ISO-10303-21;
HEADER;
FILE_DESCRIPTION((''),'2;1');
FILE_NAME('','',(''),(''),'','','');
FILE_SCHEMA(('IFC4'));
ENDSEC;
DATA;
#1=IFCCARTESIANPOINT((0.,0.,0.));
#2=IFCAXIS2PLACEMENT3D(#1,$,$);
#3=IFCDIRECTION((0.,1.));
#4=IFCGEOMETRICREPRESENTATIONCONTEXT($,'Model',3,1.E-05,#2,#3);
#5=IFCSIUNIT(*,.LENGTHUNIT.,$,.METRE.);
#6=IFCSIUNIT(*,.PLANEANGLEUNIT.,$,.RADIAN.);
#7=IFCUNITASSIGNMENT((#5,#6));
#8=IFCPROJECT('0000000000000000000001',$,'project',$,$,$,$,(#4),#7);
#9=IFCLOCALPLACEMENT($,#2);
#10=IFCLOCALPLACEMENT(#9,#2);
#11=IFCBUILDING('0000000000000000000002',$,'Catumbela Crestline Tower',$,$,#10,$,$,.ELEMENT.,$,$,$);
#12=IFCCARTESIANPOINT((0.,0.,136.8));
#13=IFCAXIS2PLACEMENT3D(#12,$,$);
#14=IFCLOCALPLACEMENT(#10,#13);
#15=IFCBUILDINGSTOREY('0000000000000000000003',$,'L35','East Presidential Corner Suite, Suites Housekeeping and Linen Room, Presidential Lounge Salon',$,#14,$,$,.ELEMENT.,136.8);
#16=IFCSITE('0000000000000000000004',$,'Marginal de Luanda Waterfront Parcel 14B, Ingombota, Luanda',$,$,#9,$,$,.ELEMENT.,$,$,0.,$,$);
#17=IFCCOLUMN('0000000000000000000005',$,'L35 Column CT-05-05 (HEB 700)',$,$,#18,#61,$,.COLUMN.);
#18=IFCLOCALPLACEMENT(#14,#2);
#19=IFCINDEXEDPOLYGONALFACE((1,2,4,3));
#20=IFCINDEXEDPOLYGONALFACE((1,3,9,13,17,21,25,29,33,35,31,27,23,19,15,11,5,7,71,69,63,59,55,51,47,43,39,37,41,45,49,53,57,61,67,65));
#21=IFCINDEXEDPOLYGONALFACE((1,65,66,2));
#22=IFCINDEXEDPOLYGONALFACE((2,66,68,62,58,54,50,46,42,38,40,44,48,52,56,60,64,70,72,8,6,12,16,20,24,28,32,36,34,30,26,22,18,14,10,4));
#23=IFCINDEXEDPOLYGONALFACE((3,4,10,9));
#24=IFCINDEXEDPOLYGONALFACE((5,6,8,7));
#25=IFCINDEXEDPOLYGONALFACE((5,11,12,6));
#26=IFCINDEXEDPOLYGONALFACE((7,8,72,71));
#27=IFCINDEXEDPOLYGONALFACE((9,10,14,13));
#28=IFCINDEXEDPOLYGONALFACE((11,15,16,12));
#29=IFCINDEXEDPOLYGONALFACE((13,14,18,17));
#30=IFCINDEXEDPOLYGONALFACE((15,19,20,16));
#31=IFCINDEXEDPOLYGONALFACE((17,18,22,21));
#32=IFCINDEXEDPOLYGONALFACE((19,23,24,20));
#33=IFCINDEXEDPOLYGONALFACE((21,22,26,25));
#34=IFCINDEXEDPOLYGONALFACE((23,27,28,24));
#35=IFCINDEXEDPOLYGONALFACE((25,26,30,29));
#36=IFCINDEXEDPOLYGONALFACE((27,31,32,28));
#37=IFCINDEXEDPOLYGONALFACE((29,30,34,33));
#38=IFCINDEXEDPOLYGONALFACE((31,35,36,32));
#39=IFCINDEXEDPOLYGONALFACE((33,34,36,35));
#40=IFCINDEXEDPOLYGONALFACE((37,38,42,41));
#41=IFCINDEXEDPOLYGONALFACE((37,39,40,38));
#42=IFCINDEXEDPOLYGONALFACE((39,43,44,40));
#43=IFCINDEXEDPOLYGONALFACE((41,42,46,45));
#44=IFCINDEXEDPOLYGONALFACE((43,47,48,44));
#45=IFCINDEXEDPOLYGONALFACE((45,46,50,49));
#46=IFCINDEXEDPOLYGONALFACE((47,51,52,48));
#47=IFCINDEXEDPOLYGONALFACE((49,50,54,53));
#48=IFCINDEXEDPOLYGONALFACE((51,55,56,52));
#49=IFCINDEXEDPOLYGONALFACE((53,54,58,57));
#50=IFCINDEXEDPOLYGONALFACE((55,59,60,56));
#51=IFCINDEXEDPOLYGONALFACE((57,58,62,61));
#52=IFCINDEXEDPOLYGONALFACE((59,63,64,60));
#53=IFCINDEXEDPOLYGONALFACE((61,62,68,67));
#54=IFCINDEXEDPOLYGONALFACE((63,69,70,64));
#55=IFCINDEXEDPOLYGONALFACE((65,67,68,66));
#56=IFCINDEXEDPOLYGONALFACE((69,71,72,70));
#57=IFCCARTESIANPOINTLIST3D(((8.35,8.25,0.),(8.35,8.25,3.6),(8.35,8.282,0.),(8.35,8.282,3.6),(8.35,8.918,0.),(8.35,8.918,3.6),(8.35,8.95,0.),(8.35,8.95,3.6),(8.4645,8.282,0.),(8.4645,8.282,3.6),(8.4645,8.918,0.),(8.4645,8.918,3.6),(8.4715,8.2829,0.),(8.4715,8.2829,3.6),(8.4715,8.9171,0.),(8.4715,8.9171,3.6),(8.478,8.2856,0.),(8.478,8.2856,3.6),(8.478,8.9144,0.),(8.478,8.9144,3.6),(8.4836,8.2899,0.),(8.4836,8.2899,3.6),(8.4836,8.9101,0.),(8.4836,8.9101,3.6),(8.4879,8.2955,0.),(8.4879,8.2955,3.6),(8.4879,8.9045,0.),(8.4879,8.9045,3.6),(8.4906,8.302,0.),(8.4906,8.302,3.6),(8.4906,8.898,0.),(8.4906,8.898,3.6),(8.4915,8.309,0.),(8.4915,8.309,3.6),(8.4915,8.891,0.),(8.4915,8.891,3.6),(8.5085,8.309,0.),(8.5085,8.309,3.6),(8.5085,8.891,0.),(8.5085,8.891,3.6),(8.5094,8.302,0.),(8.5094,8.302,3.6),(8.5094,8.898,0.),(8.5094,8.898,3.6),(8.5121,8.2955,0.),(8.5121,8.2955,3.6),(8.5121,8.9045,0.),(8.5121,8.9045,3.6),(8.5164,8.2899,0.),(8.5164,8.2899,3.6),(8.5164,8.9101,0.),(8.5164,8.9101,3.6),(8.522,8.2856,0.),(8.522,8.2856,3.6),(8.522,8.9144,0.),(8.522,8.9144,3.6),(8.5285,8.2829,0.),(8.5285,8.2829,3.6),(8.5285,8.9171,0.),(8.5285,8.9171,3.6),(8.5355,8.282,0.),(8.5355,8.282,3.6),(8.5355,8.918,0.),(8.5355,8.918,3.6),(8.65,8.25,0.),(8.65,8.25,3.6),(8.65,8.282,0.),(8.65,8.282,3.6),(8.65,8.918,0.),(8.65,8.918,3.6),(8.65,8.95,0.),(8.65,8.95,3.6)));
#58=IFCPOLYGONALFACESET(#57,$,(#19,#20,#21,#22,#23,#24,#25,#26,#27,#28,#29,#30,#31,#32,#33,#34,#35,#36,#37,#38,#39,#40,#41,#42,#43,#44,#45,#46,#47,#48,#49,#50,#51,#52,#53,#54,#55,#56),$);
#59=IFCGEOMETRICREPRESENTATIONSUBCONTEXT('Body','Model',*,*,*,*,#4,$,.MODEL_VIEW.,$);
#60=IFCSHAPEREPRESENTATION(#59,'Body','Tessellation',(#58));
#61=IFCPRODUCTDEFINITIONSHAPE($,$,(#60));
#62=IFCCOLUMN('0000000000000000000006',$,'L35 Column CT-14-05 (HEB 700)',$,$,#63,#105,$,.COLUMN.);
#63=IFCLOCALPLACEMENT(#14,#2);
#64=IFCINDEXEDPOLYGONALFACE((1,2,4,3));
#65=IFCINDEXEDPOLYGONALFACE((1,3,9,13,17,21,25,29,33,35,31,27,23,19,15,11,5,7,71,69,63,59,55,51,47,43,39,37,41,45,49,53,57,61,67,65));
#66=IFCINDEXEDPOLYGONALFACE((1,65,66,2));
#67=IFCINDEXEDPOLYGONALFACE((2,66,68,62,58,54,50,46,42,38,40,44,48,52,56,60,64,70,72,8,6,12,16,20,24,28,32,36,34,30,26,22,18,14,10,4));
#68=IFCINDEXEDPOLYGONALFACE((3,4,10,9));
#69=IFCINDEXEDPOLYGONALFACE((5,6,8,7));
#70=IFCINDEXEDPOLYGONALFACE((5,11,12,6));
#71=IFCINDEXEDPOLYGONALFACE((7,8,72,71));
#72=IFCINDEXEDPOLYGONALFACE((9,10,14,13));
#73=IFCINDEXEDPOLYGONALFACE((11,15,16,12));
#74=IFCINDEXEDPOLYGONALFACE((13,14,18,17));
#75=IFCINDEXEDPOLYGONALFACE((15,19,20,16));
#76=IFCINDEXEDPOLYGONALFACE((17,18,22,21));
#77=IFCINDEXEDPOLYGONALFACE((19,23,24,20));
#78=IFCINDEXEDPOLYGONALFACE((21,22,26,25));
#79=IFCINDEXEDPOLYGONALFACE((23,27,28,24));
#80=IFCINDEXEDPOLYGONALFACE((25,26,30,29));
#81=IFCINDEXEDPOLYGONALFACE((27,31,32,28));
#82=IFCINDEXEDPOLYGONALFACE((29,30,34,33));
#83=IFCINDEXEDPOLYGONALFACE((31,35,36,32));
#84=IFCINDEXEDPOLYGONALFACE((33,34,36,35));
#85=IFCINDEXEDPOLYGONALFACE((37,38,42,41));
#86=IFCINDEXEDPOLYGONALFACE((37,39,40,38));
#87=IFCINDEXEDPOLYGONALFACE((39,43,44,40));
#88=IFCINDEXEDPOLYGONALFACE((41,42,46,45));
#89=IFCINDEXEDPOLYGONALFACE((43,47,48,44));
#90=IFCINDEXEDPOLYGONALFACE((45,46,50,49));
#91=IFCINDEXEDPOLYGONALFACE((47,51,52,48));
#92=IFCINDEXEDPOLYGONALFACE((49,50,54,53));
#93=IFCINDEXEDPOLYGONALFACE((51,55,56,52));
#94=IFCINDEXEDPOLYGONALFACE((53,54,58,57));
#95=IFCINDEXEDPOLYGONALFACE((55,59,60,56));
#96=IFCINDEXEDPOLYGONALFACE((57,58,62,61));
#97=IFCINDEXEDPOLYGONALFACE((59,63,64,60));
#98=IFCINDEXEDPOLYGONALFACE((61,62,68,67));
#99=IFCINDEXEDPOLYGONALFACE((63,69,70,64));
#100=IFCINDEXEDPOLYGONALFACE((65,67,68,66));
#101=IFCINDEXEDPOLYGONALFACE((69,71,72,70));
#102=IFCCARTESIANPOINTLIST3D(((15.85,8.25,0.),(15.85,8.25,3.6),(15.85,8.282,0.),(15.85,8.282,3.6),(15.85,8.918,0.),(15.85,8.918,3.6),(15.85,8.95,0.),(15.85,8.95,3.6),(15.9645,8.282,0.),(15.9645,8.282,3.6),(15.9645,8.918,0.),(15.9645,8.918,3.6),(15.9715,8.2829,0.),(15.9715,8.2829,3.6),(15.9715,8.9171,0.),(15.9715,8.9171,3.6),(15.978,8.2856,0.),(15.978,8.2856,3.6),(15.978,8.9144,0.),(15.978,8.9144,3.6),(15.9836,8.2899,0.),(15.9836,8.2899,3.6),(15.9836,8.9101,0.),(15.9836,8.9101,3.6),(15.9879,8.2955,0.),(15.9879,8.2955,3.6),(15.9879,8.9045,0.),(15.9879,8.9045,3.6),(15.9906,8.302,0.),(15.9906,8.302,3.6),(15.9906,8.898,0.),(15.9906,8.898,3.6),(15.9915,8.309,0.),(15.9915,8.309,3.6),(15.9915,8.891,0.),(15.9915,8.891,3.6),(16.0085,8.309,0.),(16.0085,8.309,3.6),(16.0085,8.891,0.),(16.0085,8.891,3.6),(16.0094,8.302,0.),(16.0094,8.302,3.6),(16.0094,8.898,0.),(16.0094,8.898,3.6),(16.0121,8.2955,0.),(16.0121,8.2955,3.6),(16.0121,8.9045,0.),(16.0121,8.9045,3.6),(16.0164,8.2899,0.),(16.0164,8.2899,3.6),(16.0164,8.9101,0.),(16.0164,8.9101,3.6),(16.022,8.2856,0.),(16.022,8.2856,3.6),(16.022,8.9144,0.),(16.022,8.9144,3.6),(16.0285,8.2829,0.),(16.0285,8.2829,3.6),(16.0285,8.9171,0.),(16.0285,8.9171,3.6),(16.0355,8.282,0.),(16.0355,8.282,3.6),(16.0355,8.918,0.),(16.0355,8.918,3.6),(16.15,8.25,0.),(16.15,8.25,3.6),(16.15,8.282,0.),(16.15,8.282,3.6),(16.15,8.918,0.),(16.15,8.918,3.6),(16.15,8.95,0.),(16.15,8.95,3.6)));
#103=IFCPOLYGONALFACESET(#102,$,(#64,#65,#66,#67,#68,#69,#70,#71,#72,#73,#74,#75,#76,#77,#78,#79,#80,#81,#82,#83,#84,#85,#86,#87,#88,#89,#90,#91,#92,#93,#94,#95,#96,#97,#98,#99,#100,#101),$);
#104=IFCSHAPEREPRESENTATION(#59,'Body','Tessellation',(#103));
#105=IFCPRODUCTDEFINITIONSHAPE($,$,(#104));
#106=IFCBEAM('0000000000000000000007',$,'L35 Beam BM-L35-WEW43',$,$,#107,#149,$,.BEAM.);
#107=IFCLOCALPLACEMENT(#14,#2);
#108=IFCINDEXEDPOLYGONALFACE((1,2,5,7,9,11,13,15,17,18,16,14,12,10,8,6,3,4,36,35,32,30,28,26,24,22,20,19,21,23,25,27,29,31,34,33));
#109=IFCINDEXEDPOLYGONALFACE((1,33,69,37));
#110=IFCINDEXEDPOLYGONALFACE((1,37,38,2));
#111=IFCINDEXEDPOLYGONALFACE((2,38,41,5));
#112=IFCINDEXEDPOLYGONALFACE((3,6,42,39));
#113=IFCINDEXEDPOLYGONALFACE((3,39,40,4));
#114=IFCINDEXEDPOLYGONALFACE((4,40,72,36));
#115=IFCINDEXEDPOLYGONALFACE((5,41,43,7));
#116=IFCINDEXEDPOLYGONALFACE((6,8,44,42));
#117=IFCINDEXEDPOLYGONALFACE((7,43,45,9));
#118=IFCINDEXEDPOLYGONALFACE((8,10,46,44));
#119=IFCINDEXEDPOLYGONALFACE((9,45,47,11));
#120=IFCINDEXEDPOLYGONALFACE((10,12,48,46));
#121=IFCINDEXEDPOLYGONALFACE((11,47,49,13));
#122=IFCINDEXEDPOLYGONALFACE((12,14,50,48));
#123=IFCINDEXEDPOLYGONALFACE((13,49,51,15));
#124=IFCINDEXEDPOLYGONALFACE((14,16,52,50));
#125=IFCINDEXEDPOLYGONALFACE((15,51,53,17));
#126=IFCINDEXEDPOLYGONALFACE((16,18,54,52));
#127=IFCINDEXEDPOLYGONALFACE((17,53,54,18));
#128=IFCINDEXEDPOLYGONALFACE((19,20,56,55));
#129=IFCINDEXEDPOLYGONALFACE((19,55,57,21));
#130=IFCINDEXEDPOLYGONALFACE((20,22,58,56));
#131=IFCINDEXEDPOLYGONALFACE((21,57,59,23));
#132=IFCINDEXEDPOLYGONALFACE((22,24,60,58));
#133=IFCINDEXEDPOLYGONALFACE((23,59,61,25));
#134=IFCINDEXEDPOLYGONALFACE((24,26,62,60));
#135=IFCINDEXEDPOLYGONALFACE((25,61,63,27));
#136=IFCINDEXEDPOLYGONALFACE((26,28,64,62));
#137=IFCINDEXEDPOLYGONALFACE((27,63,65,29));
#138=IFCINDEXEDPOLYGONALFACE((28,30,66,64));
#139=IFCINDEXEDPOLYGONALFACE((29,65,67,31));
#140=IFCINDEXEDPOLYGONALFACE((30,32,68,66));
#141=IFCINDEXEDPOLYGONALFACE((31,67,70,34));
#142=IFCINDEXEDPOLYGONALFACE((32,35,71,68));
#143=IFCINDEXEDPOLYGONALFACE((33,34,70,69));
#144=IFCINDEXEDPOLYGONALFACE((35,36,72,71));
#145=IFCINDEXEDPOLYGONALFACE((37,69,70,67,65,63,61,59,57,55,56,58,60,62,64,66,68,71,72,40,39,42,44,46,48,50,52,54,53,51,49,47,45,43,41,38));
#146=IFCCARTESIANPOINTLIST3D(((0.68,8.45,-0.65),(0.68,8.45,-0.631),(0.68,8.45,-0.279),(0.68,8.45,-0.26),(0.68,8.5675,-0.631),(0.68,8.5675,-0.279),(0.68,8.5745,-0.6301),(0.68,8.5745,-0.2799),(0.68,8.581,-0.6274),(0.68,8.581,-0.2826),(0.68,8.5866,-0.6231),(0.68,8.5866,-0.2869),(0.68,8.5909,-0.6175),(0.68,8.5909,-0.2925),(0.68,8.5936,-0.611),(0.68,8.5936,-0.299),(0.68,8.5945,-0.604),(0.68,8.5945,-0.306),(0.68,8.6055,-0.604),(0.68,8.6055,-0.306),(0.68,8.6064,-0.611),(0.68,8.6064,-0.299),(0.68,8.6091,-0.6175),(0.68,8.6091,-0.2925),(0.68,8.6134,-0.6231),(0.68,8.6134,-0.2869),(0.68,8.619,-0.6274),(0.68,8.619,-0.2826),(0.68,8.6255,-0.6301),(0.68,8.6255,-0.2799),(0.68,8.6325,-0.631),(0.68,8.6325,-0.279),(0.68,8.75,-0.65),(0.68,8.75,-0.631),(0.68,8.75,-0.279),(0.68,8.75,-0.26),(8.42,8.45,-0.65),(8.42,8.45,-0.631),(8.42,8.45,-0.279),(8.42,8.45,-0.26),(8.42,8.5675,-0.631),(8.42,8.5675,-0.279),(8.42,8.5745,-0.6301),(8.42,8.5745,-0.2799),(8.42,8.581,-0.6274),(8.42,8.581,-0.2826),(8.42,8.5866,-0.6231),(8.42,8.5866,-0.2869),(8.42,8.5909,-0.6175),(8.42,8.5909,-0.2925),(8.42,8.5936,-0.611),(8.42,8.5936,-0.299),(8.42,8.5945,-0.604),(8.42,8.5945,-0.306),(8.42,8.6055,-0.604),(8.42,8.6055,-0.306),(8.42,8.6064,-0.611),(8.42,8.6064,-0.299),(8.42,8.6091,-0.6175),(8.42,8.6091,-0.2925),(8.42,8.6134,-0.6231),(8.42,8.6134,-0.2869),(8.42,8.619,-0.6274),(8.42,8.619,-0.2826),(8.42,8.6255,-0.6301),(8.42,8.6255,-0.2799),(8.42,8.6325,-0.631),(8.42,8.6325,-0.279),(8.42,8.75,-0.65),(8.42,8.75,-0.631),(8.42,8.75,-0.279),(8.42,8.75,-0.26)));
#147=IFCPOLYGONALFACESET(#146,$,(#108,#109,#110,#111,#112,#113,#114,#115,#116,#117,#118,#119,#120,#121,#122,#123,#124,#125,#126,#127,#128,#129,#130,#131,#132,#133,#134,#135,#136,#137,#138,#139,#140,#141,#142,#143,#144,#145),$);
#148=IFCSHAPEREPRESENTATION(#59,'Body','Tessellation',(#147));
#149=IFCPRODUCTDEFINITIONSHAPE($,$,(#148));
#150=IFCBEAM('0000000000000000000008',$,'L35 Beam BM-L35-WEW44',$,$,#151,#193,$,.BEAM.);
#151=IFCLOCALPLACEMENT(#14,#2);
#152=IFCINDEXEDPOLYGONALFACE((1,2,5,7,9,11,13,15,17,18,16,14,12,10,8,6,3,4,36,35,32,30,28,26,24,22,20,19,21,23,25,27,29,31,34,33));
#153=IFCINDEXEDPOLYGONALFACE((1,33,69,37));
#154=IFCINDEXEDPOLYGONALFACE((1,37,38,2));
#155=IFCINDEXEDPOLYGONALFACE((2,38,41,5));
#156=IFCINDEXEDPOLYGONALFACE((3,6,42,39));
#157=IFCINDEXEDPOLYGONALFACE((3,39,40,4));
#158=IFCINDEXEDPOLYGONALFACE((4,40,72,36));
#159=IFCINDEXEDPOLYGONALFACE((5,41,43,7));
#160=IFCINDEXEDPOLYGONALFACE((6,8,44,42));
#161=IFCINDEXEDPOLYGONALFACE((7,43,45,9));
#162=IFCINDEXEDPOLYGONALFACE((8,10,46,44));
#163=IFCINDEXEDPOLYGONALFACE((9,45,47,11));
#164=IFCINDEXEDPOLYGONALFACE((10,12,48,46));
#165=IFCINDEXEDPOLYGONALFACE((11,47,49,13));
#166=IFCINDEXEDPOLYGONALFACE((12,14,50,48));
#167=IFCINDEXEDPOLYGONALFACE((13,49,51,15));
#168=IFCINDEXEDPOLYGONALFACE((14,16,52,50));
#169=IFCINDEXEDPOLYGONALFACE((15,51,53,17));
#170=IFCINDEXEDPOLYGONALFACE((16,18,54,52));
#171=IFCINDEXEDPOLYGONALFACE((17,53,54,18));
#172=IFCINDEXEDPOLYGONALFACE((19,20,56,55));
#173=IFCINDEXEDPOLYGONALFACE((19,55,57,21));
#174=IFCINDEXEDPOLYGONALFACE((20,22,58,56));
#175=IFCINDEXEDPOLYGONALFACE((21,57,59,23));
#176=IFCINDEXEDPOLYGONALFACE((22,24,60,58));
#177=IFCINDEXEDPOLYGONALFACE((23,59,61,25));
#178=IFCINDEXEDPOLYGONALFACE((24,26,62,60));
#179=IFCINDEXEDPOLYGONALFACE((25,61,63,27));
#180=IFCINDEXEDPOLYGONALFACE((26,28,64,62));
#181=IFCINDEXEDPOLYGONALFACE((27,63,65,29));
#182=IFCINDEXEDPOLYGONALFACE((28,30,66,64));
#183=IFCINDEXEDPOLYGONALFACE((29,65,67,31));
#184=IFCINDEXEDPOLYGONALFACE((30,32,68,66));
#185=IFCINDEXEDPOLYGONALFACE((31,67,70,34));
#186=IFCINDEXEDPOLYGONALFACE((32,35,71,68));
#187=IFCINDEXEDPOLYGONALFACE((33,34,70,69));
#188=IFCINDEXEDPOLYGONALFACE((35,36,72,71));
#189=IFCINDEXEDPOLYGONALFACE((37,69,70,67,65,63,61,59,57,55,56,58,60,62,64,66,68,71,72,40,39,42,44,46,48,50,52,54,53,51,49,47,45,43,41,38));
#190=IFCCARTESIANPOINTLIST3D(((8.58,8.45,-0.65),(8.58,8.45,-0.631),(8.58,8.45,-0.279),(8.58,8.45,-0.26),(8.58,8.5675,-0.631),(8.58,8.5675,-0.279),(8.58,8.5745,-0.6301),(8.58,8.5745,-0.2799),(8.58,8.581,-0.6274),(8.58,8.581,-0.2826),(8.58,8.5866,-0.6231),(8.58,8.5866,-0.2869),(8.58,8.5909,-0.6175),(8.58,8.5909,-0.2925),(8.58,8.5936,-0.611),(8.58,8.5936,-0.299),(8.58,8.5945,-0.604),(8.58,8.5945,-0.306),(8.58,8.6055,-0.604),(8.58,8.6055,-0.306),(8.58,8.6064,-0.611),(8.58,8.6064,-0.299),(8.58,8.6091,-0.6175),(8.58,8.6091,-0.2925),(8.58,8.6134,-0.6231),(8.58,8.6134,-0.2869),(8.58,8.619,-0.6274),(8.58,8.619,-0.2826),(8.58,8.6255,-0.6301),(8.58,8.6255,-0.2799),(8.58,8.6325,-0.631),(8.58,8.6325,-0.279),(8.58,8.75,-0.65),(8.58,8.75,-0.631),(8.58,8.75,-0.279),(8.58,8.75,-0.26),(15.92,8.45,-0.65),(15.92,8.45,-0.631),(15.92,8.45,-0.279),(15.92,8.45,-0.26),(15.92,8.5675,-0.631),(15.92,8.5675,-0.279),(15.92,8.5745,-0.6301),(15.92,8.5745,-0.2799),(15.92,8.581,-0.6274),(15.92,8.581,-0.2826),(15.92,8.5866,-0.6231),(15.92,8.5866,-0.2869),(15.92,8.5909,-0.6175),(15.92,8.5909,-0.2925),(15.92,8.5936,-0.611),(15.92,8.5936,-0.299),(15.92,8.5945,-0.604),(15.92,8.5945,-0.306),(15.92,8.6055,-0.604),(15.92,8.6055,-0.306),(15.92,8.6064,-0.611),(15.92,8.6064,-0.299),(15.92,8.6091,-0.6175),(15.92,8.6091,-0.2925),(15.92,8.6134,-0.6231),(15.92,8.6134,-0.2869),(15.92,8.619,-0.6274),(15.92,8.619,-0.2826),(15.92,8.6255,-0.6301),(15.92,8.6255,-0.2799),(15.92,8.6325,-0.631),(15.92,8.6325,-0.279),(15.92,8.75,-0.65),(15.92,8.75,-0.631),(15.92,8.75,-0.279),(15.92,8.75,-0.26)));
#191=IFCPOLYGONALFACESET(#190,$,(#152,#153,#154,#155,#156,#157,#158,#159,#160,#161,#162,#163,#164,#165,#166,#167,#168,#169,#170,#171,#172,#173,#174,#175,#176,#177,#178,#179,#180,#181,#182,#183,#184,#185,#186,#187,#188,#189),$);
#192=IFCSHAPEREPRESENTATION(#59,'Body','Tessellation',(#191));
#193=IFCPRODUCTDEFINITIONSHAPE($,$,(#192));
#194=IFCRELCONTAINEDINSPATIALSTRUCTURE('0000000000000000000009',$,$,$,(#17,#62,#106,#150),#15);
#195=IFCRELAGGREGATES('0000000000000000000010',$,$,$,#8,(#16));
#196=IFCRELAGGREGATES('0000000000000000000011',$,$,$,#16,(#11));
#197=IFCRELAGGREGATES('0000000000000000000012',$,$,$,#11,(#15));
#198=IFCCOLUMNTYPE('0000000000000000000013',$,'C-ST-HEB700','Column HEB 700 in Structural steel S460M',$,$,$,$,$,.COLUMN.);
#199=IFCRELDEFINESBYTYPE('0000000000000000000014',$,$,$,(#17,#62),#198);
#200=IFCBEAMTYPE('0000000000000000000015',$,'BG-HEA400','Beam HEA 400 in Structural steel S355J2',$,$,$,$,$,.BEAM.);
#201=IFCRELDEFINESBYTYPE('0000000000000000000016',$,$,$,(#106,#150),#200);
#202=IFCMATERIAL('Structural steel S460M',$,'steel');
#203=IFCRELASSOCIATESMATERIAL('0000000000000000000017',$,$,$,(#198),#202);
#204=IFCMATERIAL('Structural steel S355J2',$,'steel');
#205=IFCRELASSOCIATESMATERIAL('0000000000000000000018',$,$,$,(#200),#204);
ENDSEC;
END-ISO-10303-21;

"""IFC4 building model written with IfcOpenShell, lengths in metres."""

from ifc_helpers import new_model, si_unit, direction, frame, origin, origin_2d, place, context, subcontext, project, spatial, i_section, extrude, material, material_profile, profile_set, type_object, element, save


model = new_model("IFC4")

# Units and contexts
model_context = context("Model", 3, precision=1e-05, world=origin(), true_north=direction((0.0, 1.0)))
body_context = subcontext(model_context, "Body", "Model", "MODEL_VIEW")
ifc_project = project(units=[si_unit("LENGTHUNIT", "METRE"), si_unit("PLANEANGLEUNIT", "RADIAN")], contexts=[model_context])

# Site, building, storey
site_placement = place(None, origin())
site = spatial("IfcSite", under=ifc_project, at=site_placement, Name="Marginal de Luanda Waterfront Parcel 14B, Ingombota, Luanda", CompositionType="ELEMENT", RefElevation=0.0)
building_placement = place(site_placement, origin())
building = spatial("IfcBuilding", under=site, at=building_placement, Name="Catumbela Crestline Tower", CompositionType="ELEMENT")
storey_placement = place(building_placement, frame((0.0, 0.0, 136.8)))
storey = spatial("IfcBuildingStorey", under=building, at=storey_placement, Name="L35", Description="East Presidential Corner Suite, Suites Housekeeping and Linen Room, Presidential Lounge Salon", CompositionType="ELEMENT", Elevation=136.8)

# Columns
ifc_material_1 = material(Name="Structural steel S460M", Category="steel")
ifc_material_profile_1 = material_profile(ifc_material_1, i_section(OverallWidth=0.3, OverallDepth=0.7, WebThickness=0.017, FlangeThickness=0.032, FilletRadius=0.027, at=origin_2d()), Name="HEB 700")
ifc_profile_set_1 = profile_set([ifc_material_profile_1], Name="Structural steel S460M")
column_type = type_object("IfcColumnType", Name="C-ST-HEB700", Description="Column HEB 700 in Structural steel S460M", PredefinedType="COLUMN", material=ifc_profile_set_1)
for number, where, z_axis, x_axis, name in (
    (1, (8.5, 8.6, 0.0), (0.0, 0.0, 1.0), (1.0, 0.0, 0.0), "L35 Column CT-05-05 (HEB 700)"),
    (2, (16.0, 8.6, 0.0), (0.0, 0.0, 1.0), (1.0, 0.0, 0.0), "L35 Column CT-14-05 (HEB 700)"),
):
    element("IfcColumn", number, at=place(storey_placement, frame(where, z_axis=z_axis, x_axis=x_axis)), inside=storey, type_object=column_type, Name=name, PredefinedType="COLUMN", context=body_context, shape_type="SweptSolid", body=[
        extrude(i_section(OverallWidth=0.3, OverallDepth=0.7, WebThickness=0.017, FlangeThickness=0.032, FilletRadius=0.027, at=origin_2d()), origin(), (0.0, 0.0, 1.0), 3.6),
    ])

# Beams
ifc_material_2 = material(Name="Structural steel S355J2", Category="steel")
ifc_material_profile_2 = material_profile(ifc_material_2, i_section(OverallWidth=0.3, OverallDepth=0.39, WebThickness=0.011, FlangeThickness=0.019, FilletRadius=0.027, at=origin_2d()), Name="HEA 400")
ifc_profile_set_2 = profile_set([ifc_material_profile_2], Name="Structural steel S355J2")
beam_type = type_object("IfcBeamType", Name="BG-HEA400", Description="Beam HEA 400 in Structural steel S355J2", PredefinedType="BEAM", material=ifc_profile_set_2)
beam_1_placement = place(storey_placement, frame((0.68, 8.6, -0.455), z_axis=(1.0, 0.0, 0.0), x_axis=(0.0, 1.0, 0.0)))
element("IfcBeam", 3, at=beam_1_placement, inside=storey, type_object=beam_type, Name="L35 Beam BM-L35-WEW43", PredefinedType="BEAM", context=body_context, shape_type="SweptSolid", body=[
    extrude(i_section(OverallWidth=0.3, OverallDepth=0.39, WebThickness=0.011, FlangeThickness=0.019, FilletRadius=0.027, at=origin_2d()), origin(), (0.0, 0.0, 1.0), 7.74),
])
beam_2_placement = place(storey_placement, frame((8.58, 8.6, -0.455), z_axis=(1.0, 0.0, 0.0), x_axis=(0.0, 1.0, 0.0)))
element("IfcBeam", 4, at=beam_2_placement, inside=storey, type_object=beam_type, Name="L35 Beam BM-L35-WEW44", PredefinedType="BEAM", context=body_context, shape_type="SweptSolid", body=[
    extrude(i_section(OverallWidth=0.3, OverallDepth=0.39, WebThickness=0.011, FlangeThickness=0.019, FilletRadius=0.027, at=origin_2d()), origin(), (0.0, 0.0, 1.0), 7.34),
])

save(model, "model.ifc")
